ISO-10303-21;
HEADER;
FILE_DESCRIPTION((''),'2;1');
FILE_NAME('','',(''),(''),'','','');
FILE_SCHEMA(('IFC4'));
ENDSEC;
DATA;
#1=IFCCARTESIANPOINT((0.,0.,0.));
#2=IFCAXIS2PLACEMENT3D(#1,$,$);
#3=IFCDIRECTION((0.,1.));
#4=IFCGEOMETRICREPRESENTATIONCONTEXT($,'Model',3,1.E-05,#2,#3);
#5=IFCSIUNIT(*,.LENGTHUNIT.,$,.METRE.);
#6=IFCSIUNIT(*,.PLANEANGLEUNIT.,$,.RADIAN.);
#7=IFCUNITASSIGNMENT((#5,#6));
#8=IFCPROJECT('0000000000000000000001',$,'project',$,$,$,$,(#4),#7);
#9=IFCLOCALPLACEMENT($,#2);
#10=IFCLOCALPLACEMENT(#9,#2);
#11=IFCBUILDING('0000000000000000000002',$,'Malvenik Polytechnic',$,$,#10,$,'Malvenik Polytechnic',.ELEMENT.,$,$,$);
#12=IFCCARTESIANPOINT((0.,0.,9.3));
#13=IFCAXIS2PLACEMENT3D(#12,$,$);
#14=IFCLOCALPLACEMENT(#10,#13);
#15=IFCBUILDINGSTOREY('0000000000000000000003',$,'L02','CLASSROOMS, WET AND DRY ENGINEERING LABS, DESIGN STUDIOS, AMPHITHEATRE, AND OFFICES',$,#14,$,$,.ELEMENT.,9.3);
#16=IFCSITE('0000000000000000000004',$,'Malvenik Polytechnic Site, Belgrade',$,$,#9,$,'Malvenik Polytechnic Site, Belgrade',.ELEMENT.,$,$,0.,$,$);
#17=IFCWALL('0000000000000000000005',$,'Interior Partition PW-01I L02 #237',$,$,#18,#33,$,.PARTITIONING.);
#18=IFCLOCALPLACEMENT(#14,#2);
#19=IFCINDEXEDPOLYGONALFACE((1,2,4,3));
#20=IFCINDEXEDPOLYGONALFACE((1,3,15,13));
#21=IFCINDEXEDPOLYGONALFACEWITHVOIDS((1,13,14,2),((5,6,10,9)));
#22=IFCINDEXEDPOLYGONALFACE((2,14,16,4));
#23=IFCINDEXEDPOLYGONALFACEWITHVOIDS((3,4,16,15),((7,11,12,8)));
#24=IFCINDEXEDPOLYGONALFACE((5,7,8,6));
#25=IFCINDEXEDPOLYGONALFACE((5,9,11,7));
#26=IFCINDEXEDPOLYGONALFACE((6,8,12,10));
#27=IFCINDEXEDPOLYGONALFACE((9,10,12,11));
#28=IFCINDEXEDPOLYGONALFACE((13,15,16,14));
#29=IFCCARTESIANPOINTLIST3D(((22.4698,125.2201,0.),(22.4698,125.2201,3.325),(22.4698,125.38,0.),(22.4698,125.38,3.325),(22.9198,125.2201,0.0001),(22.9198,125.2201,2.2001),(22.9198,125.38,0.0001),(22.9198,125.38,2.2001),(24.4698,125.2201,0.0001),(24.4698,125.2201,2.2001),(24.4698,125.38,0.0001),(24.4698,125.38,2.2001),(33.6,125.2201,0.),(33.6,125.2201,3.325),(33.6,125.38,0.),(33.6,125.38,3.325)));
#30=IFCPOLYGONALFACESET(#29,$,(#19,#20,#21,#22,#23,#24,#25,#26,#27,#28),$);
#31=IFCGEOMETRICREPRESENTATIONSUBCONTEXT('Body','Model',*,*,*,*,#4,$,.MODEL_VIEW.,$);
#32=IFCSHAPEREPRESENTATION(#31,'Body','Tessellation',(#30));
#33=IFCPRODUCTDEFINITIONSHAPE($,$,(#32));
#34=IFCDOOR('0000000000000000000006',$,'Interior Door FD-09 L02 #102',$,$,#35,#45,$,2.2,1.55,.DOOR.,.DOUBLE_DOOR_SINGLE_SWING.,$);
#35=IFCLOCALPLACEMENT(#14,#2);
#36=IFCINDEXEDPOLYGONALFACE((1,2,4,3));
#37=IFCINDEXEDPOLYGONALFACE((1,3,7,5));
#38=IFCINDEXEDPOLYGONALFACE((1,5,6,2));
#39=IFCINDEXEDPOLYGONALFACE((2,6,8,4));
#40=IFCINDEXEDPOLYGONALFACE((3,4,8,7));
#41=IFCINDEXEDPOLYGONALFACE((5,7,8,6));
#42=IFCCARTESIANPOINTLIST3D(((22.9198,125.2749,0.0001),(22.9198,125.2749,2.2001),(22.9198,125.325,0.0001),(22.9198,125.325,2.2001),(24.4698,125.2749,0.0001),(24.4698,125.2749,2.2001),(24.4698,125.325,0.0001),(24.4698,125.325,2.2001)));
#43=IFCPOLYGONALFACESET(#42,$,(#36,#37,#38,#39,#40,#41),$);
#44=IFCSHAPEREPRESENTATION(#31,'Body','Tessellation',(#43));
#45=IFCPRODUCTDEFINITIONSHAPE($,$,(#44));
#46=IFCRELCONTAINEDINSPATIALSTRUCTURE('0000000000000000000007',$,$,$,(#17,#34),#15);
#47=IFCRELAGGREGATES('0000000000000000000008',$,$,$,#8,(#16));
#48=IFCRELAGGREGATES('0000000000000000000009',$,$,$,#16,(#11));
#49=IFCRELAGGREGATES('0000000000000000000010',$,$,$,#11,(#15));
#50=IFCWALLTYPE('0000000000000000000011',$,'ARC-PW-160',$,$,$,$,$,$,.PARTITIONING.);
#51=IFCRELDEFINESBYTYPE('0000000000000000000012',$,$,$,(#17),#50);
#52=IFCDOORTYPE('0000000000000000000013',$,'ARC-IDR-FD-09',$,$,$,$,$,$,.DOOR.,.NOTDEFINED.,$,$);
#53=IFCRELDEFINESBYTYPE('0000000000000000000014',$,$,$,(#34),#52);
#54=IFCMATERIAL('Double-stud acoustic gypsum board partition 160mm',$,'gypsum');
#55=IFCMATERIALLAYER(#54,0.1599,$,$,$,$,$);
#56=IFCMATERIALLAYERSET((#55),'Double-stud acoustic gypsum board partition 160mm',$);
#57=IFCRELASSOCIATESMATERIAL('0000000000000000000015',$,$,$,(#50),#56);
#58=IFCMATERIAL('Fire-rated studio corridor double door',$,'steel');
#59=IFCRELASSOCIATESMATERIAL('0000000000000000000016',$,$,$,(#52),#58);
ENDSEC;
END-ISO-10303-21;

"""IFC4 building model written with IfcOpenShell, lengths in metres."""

from ifc_helpers import new_model, si_unit, direction, frame, frame_2d, origin, place, context, subcontext, project, spatial, rectangle, extrude, material, layer, layer_set, type_object, element, fill, save


model = new_model("IFC4")

# Units and contexts
model_context = context("Model", 3, precision=1e-05, world=origin(), true_north=direction((0.0, 1.0)))
body_context = subcontext(model_context, "Body", "Model", "MODEL_VIEW")
ifc_project = project(units=[si_unit("LENGTHUNIT", "METRE"), si_unit("PLANEANGLEUNIT", "RADIAN")], contexts=[model_context])

# Site, building, storey
site_placement = place(None, origin())
site = spatial("IfcSite", under=ifc_project, at=site_placement, Name="Malvenik Polytechnic Site, Belgrade", LongName="Malvenik Polytechnic Site, Belgrade", CompositionType="ELEMENT", RefElevation=0.0)
building_placement = place(site_placement, origin())
building = spatial("IfcBuilding", under=site, at=building_placement, Name="Malvenik Polytechnic", LongName="Malvenik Polytechnic", CompositionType="ELEMENT")
storey_placement = place(building_placement, frame((0.0, 0.0, 9.3)))
storey = spatial("IfcBuildingStorey", under=building, at=storey_placement, Name="L02", Description="CLASSROOMS, WET AND DRY ENGINEERING LABS, DESIGN STUDIOS, AMPHITHEATRE, AND OFFICES", CompositionType="ELEMENT", Elevation=9.3)

# Wall, opening, door
ifc_material_1 = material(Name="Double-stud acoustic gypsum board partition 160mm", Category="gypsum")
ifc_layer_1 = layer(ifc_material_1, 0.1599)
ifc_layer_set_1 = layer_set([ifc_layer_1], Name="Double-stud acoustic gypsum board partition 160mm")
wall_type_1 = type_object("IfcWallType", Name="ARC-PW-160", PredefinedType="PARTITIONING", material=ifc_layer_set_1)
wall_1_placement = place(storey_placement, frame((22.47, 125.3, 0.0), z_axis=(0.0, 0.0, 1.0), x_axis=(1.0, 0.0, 0.0)))
wall_1 = element("IfcWall", 1, at=wall_1_placement, inside=storey, type_object=wall_type_1, Name="Interior Partition PW-01I L02 #237", PredefinedType="PARTITIONING", context=body_context, shape_type="SweptSolid", body=[
    extrude(rectangle(XDim=11.1301, YDim=0.1599, at=frame_2d((5.5649, 0.0))), origin(), (0.0, 0.0, 1.0), 3.325),
])
opening_1_placement = place(wall_1_placement, frame((0.45, 0.0, 0.0)))
opening_1 = element("IfcOpeningElement", 2, at=opening_1_placement, cuts=wall_1, PredefinedType="OPENING", context=body_context, shape_type="SweptSolid", body=[
    extrude(rectangle(XDim=1.55, YDim=2.2, at=frame_2d((0.7749, 1.1001))), frame((0.0, 0.0898, 0.0), z_axis=(0.0, -1.0, 0.0), x_axis=(1.0, 0.0, 0.0)), (0.0, 0.0, 1.0), 0.1799),
])
ifc_material_2 = material(Name="Fire-rated studio corridor double door", Category="steel")
door_type_1 = type_object("IfcDoorType", Name="ARC-IDR-FD-09", OperationType="NOTDEFINED", PredefinedType="DOOR", material=ifc_material_2)
door_1_placement = place(opening_1_placement, origin())
door_1 = element("IfcDoor", 3, at=door_1_placement, inside=storey, type_object=door_type_1, Name="Interior Door FD-09 L02 #102", OperationType="DOUBLE_DOOR_SINGLE_SWING", OverallHeight=2.2, OverallWidth=1.55, PredefinedType="DOOR", context=body_context, shape_type="SweptSolid", body=[
    extrude(rectangle(XDim=1.55, YDim=2.2, at=frame_2d((0.7749, 1.1001))), frame((0.0, 0.0249, 0.0), z_axis=(0.0, -1.0, 0.0), x_axis=(1.0, 0.0, 0.0)), (0.0, 0.0, 1.0), 0.05),
])
fill(opening_1, door_1)

save(model, "model.ifc")
